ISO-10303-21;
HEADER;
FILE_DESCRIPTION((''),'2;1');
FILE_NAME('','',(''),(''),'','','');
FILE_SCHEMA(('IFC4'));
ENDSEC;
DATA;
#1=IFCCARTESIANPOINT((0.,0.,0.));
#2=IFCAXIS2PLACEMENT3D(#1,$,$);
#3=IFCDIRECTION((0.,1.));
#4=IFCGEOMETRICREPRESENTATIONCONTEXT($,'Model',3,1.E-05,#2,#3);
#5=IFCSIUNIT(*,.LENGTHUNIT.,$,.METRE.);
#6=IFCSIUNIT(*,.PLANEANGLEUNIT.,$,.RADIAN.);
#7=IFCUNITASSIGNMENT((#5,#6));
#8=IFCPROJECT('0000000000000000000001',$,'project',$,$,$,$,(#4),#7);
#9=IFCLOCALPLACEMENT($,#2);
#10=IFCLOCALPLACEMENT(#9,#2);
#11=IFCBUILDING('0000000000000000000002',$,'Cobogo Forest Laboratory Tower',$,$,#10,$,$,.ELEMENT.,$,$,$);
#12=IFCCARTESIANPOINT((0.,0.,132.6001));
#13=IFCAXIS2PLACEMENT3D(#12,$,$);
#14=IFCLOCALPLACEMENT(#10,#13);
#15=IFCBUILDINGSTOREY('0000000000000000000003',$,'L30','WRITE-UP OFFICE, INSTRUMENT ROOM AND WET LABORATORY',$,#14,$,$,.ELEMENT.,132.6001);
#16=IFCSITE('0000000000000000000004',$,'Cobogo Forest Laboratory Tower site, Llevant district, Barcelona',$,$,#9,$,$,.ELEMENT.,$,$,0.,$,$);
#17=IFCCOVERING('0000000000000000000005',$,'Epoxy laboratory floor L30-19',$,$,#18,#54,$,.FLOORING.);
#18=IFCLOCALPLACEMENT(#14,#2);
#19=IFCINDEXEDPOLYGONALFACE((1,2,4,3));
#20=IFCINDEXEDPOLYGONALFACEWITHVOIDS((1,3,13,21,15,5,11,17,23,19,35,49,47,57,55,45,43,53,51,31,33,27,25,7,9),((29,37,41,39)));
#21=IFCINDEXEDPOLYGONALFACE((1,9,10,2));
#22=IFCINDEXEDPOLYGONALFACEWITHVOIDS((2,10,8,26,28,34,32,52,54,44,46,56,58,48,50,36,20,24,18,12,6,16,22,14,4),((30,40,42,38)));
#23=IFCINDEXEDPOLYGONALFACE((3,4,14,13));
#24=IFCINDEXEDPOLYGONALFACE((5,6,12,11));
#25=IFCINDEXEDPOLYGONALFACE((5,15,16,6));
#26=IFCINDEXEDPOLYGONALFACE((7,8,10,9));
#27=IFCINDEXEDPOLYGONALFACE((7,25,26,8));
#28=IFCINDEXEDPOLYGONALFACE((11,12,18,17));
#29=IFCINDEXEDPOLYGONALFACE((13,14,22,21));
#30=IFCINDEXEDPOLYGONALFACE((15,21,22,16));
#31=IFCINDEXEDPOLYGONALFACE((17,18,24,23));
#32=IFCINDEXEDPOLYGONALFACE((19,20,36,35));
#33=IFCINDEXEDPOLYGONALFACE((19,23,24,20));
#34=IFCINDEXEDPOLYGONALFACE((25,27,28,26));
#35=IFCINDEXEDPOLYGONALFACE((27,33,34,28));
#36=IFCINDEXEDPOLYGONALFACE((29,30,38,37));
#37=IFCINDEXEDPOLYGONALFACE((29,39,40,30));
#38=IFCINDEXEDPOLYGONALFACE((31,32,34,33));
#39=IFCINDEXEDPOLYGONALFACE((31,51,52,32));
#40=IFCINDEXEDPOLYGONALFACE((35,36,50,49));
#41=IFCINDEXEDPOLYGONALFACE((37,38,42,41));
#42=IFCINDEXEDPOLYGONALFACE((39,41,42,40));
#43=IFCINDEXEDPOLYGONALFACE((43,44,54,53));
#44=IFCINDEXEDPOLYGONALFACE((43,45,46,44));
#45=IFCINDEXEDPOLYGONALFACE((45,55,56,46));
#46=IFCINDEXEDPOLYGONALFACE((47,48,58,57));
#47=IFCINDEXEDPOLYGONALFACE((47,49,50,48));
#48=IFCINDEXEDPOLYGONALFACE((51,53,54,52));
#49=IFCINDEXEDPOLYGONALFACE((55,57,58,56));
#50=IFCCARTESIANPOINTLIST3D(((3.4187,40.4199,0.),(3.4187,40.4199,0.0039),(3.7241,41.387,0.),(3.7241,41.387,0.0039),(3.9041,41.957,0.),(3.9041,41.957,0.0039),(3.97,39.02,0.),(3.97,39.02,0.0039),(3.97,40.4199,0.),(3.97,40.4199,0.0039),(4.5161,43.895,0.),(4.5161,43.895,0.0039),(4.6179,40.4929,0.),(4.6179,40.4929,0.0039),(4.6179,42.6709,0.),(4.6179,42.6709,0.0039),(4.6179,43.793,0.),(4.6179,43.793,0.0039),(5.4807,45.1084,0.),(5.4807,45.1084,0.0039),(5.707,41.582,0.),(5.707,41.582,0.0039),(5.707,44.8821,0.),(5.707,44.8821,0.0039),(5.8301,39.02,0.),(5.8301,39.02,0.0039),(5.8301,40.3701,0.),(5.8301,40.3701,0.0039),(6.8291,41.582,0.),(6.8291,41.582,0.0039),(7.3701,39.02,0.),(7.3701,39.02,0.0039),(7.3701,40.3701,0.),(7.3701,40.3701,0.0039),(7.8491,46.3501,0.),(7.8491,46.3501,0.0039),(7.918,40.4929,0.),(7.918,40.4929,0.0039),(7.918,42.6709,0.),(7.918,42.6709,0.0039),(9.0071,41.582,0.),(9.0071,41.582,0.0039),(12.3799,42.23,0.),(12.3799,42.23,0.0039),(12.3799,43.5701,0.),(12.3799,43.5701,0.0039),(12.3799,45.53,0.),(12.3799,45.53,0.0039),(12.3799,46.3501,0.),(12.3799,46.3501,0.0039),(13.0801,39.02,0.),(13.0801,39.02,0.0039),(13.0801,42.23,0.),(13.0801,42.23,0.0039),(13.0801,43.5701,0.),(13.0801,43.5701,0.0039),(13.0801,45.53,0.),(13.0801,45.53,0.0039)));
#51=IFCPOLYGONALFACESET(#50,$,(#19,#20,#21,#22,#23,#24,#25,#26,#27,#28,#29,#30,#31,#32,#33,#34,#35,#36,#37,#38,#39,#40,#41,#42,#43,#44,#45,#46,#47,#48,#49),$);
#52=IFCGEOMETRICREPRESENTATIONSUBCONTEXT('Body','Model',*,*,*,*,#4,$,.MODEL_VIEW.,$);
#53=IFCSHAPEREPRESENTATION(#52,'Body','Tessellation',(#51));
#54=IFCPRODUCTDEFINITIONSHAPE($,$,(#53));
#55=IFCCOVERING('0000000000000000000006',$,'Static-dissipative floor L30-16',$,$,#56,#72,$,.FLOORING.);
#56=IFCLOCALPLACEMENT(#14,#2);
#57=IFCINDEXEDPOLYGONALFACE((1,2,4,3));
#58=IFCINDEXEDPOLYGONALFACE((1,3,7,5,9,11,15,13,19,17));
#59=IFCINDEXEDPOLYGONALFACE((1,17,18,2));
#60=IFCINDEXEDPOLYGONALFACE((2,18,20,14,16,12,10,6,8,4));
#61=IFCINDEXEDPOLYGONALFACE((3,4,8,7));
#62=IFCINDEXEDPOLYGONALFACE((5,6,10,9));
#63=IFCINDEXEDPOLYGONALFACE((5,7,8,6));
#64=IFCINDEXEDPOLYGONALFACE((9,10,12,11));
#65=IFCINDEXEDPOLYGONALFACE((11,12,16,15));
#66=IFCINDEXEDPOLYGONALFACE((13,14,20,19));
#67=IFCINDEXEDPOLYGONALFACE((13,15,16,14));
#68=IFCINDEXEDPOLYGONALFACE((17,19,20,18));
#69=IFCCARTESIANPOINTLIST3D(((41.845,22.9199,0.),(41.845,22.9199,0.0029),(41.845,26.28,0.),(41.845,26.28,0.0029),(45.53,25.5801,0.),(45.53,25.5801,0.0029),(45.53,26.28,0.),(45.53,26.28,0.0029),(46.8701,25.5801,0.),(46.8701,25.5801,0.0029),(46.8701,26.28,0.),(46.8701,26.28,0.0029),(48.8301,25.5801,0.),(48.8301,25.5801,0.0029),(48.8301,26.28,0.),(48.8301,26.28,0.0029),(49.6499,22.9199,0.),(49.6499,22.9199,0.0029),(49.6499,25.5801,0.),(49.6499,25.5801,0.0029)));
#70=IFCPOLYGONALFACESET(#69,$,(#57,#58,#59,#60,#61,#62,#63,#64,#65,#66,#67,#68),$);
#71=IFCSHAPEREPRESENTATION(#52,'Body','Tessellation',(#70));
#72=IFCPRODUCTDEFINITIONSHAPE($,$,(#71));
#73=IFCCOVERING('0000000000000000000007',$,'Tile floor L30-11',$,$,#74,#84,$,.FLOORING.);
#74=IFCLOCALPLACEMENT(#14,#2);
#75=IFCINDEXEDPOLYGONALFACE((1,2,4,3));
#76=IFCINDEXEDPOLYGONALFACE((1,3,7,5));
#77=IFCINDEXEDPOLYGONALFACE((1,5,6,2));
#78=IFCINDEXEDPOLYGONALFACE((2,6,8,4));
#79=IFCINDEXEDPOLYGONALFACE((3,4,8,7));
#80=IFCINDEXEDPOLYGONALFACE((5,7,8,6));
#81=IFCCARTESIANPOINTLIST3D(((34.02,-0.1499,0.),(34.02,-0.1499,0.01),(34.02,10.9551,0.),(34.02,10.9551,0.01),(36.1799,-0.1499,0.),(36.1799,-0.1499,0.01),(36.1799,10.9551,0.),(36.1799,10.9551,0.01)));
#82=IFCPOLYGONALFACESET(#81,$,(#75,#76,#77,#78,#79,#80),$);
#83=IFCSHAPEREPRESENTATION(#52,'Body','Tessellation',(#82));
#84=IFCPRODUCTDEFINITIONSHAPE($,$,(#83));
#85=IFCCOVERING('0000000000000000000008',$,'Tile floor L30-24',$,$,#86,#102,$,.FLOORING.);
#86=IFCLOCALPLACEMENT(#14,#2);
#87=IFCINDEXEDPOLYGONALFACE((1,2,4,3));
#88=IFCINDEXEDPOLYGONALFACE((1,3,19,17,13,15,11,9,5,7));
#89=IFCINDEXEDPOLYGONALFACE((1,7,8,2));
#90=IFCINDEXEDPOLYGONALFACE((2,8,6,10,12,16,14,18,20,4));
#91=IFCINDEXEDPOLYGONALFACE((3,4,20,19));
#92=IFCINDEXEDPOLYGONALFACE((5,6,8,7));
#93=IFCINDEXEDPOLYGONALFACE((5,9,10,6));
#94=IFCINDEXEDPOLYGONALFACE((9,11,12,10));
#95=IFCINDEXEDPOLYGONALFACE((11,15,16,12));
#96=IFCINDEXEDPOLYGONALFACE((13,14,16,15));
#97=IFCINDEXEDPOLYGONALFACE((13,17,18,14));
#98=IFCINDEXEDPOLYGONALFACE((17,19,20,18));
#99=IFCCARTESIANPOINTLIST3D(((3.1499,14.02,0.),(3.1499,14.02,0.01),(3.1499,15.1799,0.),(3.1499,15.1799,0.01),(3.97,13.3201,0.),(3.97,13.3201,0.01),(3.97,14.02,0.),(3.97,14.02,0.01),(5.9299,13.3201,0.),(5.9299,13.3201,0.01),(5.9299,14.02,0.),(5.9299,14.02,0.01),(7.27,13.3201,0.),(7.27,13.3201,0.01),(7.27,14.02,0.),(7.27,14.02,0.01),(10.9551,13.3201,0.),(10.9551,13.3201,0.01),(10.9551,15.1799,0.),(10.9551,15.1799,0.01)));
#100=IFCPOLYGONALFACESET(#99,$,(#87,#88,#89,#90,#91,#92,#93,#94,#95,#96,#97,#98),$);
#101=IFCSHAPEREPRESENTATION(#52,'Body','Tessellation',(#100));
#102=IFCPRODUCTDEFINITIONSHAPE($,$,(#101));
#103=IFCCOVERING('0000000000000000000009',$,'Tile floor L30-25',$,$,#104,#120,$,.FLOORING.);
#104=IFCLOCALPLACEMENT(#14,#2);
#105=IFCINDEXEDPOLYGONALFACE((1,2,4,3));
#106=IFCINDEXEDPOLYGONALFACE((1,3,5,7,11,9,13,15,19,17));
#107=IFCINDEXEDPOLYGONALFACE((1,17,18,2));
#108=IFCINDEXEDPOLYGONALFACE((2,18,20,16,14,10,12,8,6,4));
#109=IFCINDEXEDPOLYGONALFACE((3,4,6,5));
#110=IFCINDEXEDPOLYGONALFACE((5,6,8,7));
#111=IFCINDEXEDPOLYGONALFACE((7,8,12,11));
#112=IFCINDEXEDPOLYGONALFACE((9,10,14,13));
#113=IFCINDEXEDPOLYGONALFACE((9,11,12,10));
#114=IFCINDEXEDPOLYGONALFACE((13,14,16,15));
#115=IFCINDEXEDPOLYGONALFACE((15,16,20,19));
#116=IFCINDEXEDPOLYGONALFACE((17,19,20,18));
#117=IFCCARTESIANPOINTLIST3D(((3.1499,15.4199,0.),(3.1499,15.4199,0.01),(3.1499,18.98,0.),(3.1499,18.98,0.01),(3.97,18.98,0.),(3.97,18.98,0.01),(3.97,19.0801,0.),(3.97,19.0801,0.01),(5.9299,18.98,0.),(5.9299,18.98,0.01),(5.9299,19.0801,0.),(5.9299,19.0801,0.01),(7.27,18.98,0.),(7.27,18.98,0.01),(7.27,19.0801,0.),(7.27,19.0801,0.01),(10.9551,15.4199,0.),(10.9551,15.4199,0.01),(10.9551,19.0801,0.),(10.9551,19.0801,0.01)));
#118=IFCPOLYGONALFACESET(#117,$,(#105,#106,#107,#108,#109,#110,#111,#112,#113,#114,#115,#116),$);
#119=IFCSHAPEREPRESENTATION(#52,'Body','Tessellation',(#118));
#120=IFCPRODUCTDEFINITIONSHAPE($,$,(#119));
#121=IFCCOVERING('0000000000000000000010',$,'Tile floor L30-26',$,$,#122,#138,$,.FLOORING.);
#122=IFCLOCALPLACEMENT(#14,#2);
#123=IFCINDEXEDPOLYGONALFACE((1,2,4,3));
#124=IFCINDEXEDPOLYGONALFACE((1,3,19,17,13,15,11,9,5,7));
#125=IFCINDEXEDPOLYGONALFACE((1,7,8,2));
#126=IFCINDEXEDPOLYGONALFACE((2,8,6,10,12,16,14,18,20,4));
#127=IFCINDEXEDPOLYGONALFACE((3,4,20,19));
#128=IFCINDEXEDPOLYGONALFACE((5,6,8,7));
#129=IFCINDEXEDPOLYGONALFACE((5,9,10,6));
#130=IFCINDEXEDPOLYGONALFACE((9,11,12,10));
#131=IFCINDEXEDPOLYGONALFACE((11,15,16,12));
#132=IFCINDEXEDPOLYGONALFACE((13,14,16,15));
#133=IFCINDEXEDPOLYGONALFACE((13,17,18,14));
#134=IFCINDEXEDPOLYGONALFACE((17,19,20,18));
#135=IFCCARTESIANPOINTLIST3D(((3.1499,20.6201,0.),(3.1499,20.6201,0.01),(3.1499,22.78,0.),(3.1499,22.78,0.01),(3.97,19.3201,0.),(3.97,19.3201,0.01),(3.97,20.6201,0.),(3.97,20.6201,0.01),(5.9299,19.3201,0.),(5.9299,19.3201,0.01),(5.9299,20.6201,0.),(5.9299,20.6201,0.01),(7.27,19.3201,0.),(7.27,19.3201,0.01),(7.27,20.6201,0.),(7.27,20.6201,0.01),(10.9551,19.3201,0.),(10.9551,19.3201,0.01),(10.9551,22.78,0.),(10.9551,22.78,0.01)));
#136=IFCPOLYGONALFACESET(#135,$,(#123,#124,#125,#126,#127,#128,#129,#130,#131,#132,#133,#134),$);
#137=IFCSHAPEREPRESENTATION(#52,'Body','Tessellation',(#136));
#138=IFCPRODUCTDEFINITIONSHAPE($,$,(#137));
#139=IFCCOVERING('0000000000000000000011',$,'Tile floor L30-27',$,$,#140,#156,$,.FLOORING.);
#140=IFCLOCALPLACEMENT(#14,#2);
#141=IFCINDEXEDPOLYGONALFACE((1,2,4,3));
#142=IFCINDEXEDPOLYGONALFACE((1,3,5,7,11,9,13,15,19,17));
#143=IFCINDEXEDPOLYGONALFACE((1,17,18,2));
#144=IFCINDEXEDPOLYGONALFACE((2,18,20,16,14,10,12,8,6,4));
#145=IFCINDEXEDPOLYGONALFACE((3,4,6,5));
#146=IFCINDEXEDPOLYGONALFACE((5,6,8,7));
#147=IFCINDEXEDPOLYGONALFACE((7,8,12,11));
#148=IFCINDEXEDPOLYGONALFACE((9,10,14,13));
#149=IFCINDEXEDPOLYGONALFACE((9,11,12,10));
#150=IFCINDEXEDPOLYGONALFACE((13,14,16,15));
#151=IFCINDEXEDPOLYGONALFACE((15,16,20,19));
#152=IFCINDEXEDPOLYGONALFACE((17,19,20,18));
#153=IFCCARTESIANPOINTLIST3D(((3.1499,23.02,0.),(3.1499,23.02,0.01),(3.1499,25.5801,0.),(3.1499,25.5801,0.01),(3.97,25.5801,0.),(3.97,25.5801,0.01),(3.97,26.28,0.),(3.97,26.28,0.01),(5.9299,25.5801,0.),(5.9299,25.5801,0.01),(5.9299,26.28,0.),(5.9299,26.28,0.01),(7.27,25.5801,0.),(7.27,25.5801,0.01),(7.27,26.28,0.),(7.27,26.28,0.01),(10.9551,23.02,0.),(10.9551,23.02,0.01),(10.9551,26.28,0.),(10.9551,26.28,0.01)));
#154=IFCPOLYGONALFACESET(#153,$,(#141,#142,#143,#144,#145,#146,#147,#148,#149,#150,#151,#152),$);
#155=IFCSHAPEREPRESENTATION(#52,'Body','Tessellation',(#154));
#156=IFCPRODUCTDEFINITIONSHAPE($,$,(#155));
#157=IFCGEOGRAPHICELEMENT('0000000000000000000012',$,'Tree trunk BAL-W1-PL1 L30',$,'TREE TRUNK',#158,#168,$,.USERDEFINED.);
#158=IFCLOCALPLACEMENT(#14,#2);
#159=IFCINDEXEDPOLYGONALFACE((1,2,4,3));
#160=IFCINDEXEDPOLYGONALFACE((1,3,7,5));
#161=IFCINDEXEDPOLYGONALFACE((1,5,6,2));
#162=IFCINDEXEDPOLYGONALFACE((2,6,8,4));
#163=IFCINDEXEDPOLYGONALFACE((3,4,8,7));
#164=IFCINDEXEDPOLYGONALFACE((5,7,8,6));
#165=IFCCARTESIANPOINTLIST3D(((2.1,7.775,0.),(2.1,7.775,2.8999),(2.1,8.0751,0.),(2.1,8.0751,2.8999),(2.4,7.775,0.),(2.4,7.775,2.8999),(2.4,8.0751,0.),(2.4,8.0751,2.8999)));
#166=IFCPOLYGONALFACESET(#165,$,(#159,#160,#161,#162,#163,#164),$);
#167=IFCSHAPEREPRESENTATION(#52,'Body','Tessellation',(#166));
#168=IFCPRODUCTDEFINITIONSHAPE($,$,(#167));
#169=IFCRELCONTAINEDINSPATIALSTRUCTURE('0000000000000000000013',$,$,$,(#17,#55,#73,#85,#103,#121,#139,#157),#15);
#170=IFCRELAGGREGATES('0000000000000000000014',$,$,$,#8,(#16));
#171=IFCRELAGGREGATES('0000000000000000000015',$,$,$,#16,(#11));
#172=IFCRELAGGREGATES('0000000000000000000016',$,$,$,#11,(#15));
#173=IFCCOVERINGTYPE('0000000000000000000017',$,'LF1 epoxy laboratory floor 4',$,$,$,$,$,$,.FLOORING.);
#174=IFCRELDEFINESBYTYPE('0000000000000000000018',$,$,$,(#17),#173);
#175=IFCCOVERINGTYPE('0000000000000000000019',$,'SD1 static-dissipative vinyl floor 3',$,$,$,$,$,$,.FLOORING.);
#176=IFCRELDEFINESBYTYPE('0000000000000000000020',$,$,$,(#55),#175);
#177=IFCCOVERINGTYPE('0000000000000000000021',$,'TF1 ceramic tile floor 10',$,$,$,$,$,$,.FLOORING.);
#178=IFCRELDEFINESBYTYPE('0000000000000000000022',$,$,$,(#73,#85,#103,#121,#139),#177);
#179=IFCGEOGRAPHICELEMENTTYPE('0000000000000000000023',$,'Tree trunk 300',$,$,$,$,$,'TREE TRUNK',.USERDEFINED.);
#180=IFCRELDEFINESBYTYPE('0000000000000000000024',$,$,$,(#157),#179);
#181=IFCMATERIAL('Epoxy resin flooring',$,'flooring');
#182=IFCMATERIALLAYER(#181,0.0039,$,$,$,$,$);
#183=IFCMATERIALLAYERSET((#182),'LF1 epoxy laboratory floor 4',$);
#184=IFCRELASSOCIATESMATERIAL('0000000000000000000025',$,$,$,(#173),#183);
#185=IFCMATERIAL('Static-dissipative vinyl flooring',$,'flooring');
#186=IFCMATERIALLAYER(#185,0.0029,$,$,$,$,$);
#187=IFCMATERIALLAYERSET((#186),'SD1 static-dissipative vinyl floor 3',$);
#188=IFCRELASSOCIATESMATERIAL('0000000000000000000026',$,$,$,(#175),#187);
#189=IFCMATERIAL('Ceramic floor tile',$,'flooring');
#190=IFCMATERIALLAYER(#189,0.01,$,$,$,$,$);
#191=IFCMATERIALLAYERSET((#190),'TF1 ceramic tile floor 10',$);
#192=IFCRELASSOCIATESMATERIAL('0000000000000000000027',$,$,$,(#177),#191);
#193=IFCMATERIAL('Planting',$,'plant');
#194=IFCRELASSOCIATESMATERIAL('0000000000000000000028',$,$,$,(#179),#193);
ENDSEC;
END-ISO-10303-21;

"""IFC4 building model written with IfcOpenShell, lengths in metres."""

from ifc_helpers import new_model, si_unit, direction, frame, origin, origin_2d, place, context, subcontext, project, spatial, polyline, rectangle, outline, extrude, material, layer, layer_set, type_object, element, save


model = new_model("IFC4")

# Units and contexts
model_context = context("Model", 3, precision=1e-05, world=origin(), true_north=direction((0.0, 1.0)))
body_context = subcontext(model_context, "Body", "Model", "MODEL_VIEW")
ifc_project = project(units=[si_unit("LENGTHUNIT", "METRE"), si_unit("PLANEANGLEUNIT", "RADIAN")], contexts=[model_context])

# Site, building, storey
site_placement = place(None, origin())
site = spatial("IfcSite", under=ifc_project, at=site_placement, Name="Cobogo Forest Laboratory Tower site, Llevant district, Barcelona", CompositionType="ELEMENT", RefElevation=0.0)
building_placement = place(site_placement, origin())
building = spatial("IfcBuilding", under=site, at=building_placement, Name="Cobogo Forest Laboratory Tower", CompositionType="ELEMENT")
storey_placement = place(building_placement, frame((0.0, 0.0, 132.6001)))
storey = spatial("IfcBuildingStorey", under=building, at=storey_placement, Name="L30", Description="WRITE-UP OFFICE, INSTRUMENT ROOM AND WET LABORATORY", CompositionType="ELEMENT", Elevation=132.6001)

# Coverings
ifc_material_1 = material(Name="Epoxy resin flooring", Category="flooring")
ifc_layer_1 = layer(ifc_material_1, 0.0039)
ifc_layer_set_1 = layer_set([ifc_layer_1], Name="LF1 epoxy laboratory floor 4")
covering_type_1 = type_object("IfcCoveringType", Name="LF1 epoxy laboratory floor 4", PredefinedType="FLOORING", material=ifc_layer_set_1)
covering_1_placement = place(storey_placement, origin())
element("IfcCovering", 1, at=covering_1_placement, inside=storey, type_object=covering_type_1, Name="Epoxy laboratory floor L30-19", PredefinedType="FLOORING", context=body_context, shape_type="SweptSolid", body=[
    extrude(outline(polyline([(3.7241, 41.387), (4.6179, 40.4929), (5.707, 41.582), (4.6179, 42.6709), (3.9041, 41.957), (4.5161, 43.895), (4.6179, 43.793), (5.707, 44.8821), (5.4807, 45.1084), (7.8491, 46.3501), (12.3799, 46.3501), (12.3799, 45.53), (13.0801, 45.53), (13.0801, 43.5701), (12.3799, 43.5701), (12.3799, 42.23), (13.0801, 42.23), (13.0801, 39.02), (7.3701, 39.02), (7.3701, 40.3701), (5.8301, 40.3701), (5.8301, 39.02), (3.97, 39.02), (3.97, 40.4199), (3.4187, 40.4199), (3.7241, 41.387)]), holes=[polyline([(6.8291, 41.582), (7.918, 40.4929), (9.0071, 41.582), (7.918, 42.6709), (6.8291, 41.582)])]), origin(), (0.0, 0.0, 1.0), 0.0039),
])
ifc_material_2 = material(Name="Static-dissipative vinyl flooring", Category="flooring")
ifc_layer_2 = layer(ifc_material_2, 0.0029)
ifc_layer_set_2 = layer_set([ifc_layer_2], Name="SD1 static-dissipative vinyl floor 3")
covering_type_2 = type_object("IfcCoveringType", Name="SD1 static-dissipative vinyl floor 3", PredefinedType="FLOORING", material=ifc_layer_set_2)
covering_2_placement = place(storey_placement, origin())
element("IfcCovering", 2, at=covering_2_placement, inside=storey, type_object=covering_type_2, Name="Static-dissipative floor L30-16", PredefinedType="FLOORING", context=body_context, shape_type="SweptSolid", body=[
    extrude(outline(polyline([(41.845, 26.28), (45.53, 26.28), (45.53, 25.5801), (46.8701, 25.5801), (46.8701, 26.28), (48.8301, 26.28), (48.8301, 25.5801), (49.6499, 25.5801), (49.6499, 22.9199), (41.845, 22.9199), (41.845, 26.28)])), origin(), (0.0, 0.0, 1.0), 0.0029),
])
ifc_material_3 = material(Name="Ceramic floor tile", Category="flooring")
ifc_layer_3 = layer(ifc_material_3, 0.01)
ifc_layer_set_3 = layer_set([ifc_layer_3], Name="TF1 ceramic tile floor 10")
covering_type_3 = type_object("IfcCoveringType", Name="TF1 ceramic tile floor 10", PredefinedType="FLOORING", material=ifc_layer_set_3)
covering_3_placement = place(storey_placement, origin())
element("IfcCovering", 3, at=covering_3_placement, inside=storey, type_object=covering_type_3, Name="Tile floor L30-11", PredefinedType="FLOORING", context=body_context, shape_type="SweptSolid", body=[
    extrude(outline(polyline([(34.02, 10.9551), (36.1799, 10.9551), (36.1799, -0.1499), (34.02, -0.1499), (34.02, 10.9551)])), origin(), (0.0, 0.0, 1.0), 0.01),
])
covering_4_placement = place(storey_placement, origin())
element("IfcCovering", 4, at=covering_4_placement, inside=storey, type_object=covering_type_3, Name="Tile floor L30-24", PredefinedType="FLOORING", context=body_context, shape_type="SweptSolid", body=[
    extrude(outline(polyline([(10.9551, 13.3201), (7.27, 13.3201), (7.27, 14.02), (5.9299, 14.02), (5.9299, 13.3201), (3.97, 13.3201), (3.97, 14.02), (3.1499, 14.02), (3.1499, 15.1799), (10.9551, 15.1799), (10.9551, 13.3201)])), origin(), (0.0, 0.0, 1.0), 0.01),
])
covering_5_placement = place(storey_placement, origin())
element("IfcCovering", 5, at=covering_5_placement, inside=storey, type_object=covering_type_3, Name="Tile floor L30-25", PredefinedType="FLOORING", context=body_context, shape_type="SweptSolid", body=[
    extrude(outline(polyline([(3.97, 19.0801), (5.9299, 19.0801), (5.9299, 18.98), (7.27, 18.98), (7.27, 19.0801), (10.9551, 19.0801), (10.9551, 15.4199), (3.1499, 15.4199), (3.1499, 18.98), (3.97, 18.98), (3.97, 19.0801)])), origin(), (0.0, 0.0, 1.0), 0.01),
])
covering_6_placement = place(storey_placement, origin())
element("IfcCovering", 6, at=covering_6_placement, inside=storey, type_object=covering_type_3, Name="Tile floor L30-26", PredefinedType="FLOORING", context=body_context, shape_type="SweptSolid", body=[
    extrude(outline(polyline([(10.9551, 19.3201), (7.27, 19.3201), (7.27, 20.6201), (5.9299, 20.6201), (5.9299, 19.3201), (3.97, 19.3201), (3.97, 20.6201), (3.1499, 20.6201), (3.1499, 22.78), (10.9551, 22.78), (10.9551, 19.3201)])), origin(), (0.0, 0.0, 1.0), 0.01),
])
covering_7_placement = place(storey_placement, origin())
element("IfcCovering", 7, at=covering_7_placement, inside=storey, type_object=covering_type_3, Name="Tile floor L30-27", PredefinedType="FLOORING", context=body_context, shape_type="SweptSolid", body=[
    extrude(outline(polyline([(10.9551, 23.02), (3.1499, 23.02), (3.1499, 25.5801), (3.97, 25.5801), (3.97, 26.28), (5.9299, 26.28), (5.9299, 25.5801), (7.27, 25.5801), (7.27, 26.28), (10.9551, 26.28), (10.9551, 23.02)])), origin(), (0.0, 0.0, 1.0), 0.01),
])

# Geographic element
ifc_material_4 = material(Name="Planting", Category="plant")
geographic_element_type = type_object("IfcGeographicElementType", Name="Tree trunk 300", ElementType="TREE TRUNK", PredefinedType="USERDEFINED", material=ifc_material_4)
geographic_element_placement = place(storey_placement, frame((2.25, 7.925, 0.0), z_axis=(0.0, 0.0, 1.0), x_axis=(1.0, 0.0, 0.0)))
element("IfcGeographicElement", 8, at=geographic_element_placement, inside=storey, type_object=geographic_element_type, Name="Tree trunk BAL-W1-PL1 L30", ObjectType="TREE TRUNK", PredefinedType="USERDEFINED", context=body_context, shape_type="SweptSolid", body=[
    extrude(rectangle(XDim=0.3, YDim=0.3, at=origin_2d()), origin(), (0.0, 0.0, 1.0), 2.8999),
])

save(model, "model.ifc")
